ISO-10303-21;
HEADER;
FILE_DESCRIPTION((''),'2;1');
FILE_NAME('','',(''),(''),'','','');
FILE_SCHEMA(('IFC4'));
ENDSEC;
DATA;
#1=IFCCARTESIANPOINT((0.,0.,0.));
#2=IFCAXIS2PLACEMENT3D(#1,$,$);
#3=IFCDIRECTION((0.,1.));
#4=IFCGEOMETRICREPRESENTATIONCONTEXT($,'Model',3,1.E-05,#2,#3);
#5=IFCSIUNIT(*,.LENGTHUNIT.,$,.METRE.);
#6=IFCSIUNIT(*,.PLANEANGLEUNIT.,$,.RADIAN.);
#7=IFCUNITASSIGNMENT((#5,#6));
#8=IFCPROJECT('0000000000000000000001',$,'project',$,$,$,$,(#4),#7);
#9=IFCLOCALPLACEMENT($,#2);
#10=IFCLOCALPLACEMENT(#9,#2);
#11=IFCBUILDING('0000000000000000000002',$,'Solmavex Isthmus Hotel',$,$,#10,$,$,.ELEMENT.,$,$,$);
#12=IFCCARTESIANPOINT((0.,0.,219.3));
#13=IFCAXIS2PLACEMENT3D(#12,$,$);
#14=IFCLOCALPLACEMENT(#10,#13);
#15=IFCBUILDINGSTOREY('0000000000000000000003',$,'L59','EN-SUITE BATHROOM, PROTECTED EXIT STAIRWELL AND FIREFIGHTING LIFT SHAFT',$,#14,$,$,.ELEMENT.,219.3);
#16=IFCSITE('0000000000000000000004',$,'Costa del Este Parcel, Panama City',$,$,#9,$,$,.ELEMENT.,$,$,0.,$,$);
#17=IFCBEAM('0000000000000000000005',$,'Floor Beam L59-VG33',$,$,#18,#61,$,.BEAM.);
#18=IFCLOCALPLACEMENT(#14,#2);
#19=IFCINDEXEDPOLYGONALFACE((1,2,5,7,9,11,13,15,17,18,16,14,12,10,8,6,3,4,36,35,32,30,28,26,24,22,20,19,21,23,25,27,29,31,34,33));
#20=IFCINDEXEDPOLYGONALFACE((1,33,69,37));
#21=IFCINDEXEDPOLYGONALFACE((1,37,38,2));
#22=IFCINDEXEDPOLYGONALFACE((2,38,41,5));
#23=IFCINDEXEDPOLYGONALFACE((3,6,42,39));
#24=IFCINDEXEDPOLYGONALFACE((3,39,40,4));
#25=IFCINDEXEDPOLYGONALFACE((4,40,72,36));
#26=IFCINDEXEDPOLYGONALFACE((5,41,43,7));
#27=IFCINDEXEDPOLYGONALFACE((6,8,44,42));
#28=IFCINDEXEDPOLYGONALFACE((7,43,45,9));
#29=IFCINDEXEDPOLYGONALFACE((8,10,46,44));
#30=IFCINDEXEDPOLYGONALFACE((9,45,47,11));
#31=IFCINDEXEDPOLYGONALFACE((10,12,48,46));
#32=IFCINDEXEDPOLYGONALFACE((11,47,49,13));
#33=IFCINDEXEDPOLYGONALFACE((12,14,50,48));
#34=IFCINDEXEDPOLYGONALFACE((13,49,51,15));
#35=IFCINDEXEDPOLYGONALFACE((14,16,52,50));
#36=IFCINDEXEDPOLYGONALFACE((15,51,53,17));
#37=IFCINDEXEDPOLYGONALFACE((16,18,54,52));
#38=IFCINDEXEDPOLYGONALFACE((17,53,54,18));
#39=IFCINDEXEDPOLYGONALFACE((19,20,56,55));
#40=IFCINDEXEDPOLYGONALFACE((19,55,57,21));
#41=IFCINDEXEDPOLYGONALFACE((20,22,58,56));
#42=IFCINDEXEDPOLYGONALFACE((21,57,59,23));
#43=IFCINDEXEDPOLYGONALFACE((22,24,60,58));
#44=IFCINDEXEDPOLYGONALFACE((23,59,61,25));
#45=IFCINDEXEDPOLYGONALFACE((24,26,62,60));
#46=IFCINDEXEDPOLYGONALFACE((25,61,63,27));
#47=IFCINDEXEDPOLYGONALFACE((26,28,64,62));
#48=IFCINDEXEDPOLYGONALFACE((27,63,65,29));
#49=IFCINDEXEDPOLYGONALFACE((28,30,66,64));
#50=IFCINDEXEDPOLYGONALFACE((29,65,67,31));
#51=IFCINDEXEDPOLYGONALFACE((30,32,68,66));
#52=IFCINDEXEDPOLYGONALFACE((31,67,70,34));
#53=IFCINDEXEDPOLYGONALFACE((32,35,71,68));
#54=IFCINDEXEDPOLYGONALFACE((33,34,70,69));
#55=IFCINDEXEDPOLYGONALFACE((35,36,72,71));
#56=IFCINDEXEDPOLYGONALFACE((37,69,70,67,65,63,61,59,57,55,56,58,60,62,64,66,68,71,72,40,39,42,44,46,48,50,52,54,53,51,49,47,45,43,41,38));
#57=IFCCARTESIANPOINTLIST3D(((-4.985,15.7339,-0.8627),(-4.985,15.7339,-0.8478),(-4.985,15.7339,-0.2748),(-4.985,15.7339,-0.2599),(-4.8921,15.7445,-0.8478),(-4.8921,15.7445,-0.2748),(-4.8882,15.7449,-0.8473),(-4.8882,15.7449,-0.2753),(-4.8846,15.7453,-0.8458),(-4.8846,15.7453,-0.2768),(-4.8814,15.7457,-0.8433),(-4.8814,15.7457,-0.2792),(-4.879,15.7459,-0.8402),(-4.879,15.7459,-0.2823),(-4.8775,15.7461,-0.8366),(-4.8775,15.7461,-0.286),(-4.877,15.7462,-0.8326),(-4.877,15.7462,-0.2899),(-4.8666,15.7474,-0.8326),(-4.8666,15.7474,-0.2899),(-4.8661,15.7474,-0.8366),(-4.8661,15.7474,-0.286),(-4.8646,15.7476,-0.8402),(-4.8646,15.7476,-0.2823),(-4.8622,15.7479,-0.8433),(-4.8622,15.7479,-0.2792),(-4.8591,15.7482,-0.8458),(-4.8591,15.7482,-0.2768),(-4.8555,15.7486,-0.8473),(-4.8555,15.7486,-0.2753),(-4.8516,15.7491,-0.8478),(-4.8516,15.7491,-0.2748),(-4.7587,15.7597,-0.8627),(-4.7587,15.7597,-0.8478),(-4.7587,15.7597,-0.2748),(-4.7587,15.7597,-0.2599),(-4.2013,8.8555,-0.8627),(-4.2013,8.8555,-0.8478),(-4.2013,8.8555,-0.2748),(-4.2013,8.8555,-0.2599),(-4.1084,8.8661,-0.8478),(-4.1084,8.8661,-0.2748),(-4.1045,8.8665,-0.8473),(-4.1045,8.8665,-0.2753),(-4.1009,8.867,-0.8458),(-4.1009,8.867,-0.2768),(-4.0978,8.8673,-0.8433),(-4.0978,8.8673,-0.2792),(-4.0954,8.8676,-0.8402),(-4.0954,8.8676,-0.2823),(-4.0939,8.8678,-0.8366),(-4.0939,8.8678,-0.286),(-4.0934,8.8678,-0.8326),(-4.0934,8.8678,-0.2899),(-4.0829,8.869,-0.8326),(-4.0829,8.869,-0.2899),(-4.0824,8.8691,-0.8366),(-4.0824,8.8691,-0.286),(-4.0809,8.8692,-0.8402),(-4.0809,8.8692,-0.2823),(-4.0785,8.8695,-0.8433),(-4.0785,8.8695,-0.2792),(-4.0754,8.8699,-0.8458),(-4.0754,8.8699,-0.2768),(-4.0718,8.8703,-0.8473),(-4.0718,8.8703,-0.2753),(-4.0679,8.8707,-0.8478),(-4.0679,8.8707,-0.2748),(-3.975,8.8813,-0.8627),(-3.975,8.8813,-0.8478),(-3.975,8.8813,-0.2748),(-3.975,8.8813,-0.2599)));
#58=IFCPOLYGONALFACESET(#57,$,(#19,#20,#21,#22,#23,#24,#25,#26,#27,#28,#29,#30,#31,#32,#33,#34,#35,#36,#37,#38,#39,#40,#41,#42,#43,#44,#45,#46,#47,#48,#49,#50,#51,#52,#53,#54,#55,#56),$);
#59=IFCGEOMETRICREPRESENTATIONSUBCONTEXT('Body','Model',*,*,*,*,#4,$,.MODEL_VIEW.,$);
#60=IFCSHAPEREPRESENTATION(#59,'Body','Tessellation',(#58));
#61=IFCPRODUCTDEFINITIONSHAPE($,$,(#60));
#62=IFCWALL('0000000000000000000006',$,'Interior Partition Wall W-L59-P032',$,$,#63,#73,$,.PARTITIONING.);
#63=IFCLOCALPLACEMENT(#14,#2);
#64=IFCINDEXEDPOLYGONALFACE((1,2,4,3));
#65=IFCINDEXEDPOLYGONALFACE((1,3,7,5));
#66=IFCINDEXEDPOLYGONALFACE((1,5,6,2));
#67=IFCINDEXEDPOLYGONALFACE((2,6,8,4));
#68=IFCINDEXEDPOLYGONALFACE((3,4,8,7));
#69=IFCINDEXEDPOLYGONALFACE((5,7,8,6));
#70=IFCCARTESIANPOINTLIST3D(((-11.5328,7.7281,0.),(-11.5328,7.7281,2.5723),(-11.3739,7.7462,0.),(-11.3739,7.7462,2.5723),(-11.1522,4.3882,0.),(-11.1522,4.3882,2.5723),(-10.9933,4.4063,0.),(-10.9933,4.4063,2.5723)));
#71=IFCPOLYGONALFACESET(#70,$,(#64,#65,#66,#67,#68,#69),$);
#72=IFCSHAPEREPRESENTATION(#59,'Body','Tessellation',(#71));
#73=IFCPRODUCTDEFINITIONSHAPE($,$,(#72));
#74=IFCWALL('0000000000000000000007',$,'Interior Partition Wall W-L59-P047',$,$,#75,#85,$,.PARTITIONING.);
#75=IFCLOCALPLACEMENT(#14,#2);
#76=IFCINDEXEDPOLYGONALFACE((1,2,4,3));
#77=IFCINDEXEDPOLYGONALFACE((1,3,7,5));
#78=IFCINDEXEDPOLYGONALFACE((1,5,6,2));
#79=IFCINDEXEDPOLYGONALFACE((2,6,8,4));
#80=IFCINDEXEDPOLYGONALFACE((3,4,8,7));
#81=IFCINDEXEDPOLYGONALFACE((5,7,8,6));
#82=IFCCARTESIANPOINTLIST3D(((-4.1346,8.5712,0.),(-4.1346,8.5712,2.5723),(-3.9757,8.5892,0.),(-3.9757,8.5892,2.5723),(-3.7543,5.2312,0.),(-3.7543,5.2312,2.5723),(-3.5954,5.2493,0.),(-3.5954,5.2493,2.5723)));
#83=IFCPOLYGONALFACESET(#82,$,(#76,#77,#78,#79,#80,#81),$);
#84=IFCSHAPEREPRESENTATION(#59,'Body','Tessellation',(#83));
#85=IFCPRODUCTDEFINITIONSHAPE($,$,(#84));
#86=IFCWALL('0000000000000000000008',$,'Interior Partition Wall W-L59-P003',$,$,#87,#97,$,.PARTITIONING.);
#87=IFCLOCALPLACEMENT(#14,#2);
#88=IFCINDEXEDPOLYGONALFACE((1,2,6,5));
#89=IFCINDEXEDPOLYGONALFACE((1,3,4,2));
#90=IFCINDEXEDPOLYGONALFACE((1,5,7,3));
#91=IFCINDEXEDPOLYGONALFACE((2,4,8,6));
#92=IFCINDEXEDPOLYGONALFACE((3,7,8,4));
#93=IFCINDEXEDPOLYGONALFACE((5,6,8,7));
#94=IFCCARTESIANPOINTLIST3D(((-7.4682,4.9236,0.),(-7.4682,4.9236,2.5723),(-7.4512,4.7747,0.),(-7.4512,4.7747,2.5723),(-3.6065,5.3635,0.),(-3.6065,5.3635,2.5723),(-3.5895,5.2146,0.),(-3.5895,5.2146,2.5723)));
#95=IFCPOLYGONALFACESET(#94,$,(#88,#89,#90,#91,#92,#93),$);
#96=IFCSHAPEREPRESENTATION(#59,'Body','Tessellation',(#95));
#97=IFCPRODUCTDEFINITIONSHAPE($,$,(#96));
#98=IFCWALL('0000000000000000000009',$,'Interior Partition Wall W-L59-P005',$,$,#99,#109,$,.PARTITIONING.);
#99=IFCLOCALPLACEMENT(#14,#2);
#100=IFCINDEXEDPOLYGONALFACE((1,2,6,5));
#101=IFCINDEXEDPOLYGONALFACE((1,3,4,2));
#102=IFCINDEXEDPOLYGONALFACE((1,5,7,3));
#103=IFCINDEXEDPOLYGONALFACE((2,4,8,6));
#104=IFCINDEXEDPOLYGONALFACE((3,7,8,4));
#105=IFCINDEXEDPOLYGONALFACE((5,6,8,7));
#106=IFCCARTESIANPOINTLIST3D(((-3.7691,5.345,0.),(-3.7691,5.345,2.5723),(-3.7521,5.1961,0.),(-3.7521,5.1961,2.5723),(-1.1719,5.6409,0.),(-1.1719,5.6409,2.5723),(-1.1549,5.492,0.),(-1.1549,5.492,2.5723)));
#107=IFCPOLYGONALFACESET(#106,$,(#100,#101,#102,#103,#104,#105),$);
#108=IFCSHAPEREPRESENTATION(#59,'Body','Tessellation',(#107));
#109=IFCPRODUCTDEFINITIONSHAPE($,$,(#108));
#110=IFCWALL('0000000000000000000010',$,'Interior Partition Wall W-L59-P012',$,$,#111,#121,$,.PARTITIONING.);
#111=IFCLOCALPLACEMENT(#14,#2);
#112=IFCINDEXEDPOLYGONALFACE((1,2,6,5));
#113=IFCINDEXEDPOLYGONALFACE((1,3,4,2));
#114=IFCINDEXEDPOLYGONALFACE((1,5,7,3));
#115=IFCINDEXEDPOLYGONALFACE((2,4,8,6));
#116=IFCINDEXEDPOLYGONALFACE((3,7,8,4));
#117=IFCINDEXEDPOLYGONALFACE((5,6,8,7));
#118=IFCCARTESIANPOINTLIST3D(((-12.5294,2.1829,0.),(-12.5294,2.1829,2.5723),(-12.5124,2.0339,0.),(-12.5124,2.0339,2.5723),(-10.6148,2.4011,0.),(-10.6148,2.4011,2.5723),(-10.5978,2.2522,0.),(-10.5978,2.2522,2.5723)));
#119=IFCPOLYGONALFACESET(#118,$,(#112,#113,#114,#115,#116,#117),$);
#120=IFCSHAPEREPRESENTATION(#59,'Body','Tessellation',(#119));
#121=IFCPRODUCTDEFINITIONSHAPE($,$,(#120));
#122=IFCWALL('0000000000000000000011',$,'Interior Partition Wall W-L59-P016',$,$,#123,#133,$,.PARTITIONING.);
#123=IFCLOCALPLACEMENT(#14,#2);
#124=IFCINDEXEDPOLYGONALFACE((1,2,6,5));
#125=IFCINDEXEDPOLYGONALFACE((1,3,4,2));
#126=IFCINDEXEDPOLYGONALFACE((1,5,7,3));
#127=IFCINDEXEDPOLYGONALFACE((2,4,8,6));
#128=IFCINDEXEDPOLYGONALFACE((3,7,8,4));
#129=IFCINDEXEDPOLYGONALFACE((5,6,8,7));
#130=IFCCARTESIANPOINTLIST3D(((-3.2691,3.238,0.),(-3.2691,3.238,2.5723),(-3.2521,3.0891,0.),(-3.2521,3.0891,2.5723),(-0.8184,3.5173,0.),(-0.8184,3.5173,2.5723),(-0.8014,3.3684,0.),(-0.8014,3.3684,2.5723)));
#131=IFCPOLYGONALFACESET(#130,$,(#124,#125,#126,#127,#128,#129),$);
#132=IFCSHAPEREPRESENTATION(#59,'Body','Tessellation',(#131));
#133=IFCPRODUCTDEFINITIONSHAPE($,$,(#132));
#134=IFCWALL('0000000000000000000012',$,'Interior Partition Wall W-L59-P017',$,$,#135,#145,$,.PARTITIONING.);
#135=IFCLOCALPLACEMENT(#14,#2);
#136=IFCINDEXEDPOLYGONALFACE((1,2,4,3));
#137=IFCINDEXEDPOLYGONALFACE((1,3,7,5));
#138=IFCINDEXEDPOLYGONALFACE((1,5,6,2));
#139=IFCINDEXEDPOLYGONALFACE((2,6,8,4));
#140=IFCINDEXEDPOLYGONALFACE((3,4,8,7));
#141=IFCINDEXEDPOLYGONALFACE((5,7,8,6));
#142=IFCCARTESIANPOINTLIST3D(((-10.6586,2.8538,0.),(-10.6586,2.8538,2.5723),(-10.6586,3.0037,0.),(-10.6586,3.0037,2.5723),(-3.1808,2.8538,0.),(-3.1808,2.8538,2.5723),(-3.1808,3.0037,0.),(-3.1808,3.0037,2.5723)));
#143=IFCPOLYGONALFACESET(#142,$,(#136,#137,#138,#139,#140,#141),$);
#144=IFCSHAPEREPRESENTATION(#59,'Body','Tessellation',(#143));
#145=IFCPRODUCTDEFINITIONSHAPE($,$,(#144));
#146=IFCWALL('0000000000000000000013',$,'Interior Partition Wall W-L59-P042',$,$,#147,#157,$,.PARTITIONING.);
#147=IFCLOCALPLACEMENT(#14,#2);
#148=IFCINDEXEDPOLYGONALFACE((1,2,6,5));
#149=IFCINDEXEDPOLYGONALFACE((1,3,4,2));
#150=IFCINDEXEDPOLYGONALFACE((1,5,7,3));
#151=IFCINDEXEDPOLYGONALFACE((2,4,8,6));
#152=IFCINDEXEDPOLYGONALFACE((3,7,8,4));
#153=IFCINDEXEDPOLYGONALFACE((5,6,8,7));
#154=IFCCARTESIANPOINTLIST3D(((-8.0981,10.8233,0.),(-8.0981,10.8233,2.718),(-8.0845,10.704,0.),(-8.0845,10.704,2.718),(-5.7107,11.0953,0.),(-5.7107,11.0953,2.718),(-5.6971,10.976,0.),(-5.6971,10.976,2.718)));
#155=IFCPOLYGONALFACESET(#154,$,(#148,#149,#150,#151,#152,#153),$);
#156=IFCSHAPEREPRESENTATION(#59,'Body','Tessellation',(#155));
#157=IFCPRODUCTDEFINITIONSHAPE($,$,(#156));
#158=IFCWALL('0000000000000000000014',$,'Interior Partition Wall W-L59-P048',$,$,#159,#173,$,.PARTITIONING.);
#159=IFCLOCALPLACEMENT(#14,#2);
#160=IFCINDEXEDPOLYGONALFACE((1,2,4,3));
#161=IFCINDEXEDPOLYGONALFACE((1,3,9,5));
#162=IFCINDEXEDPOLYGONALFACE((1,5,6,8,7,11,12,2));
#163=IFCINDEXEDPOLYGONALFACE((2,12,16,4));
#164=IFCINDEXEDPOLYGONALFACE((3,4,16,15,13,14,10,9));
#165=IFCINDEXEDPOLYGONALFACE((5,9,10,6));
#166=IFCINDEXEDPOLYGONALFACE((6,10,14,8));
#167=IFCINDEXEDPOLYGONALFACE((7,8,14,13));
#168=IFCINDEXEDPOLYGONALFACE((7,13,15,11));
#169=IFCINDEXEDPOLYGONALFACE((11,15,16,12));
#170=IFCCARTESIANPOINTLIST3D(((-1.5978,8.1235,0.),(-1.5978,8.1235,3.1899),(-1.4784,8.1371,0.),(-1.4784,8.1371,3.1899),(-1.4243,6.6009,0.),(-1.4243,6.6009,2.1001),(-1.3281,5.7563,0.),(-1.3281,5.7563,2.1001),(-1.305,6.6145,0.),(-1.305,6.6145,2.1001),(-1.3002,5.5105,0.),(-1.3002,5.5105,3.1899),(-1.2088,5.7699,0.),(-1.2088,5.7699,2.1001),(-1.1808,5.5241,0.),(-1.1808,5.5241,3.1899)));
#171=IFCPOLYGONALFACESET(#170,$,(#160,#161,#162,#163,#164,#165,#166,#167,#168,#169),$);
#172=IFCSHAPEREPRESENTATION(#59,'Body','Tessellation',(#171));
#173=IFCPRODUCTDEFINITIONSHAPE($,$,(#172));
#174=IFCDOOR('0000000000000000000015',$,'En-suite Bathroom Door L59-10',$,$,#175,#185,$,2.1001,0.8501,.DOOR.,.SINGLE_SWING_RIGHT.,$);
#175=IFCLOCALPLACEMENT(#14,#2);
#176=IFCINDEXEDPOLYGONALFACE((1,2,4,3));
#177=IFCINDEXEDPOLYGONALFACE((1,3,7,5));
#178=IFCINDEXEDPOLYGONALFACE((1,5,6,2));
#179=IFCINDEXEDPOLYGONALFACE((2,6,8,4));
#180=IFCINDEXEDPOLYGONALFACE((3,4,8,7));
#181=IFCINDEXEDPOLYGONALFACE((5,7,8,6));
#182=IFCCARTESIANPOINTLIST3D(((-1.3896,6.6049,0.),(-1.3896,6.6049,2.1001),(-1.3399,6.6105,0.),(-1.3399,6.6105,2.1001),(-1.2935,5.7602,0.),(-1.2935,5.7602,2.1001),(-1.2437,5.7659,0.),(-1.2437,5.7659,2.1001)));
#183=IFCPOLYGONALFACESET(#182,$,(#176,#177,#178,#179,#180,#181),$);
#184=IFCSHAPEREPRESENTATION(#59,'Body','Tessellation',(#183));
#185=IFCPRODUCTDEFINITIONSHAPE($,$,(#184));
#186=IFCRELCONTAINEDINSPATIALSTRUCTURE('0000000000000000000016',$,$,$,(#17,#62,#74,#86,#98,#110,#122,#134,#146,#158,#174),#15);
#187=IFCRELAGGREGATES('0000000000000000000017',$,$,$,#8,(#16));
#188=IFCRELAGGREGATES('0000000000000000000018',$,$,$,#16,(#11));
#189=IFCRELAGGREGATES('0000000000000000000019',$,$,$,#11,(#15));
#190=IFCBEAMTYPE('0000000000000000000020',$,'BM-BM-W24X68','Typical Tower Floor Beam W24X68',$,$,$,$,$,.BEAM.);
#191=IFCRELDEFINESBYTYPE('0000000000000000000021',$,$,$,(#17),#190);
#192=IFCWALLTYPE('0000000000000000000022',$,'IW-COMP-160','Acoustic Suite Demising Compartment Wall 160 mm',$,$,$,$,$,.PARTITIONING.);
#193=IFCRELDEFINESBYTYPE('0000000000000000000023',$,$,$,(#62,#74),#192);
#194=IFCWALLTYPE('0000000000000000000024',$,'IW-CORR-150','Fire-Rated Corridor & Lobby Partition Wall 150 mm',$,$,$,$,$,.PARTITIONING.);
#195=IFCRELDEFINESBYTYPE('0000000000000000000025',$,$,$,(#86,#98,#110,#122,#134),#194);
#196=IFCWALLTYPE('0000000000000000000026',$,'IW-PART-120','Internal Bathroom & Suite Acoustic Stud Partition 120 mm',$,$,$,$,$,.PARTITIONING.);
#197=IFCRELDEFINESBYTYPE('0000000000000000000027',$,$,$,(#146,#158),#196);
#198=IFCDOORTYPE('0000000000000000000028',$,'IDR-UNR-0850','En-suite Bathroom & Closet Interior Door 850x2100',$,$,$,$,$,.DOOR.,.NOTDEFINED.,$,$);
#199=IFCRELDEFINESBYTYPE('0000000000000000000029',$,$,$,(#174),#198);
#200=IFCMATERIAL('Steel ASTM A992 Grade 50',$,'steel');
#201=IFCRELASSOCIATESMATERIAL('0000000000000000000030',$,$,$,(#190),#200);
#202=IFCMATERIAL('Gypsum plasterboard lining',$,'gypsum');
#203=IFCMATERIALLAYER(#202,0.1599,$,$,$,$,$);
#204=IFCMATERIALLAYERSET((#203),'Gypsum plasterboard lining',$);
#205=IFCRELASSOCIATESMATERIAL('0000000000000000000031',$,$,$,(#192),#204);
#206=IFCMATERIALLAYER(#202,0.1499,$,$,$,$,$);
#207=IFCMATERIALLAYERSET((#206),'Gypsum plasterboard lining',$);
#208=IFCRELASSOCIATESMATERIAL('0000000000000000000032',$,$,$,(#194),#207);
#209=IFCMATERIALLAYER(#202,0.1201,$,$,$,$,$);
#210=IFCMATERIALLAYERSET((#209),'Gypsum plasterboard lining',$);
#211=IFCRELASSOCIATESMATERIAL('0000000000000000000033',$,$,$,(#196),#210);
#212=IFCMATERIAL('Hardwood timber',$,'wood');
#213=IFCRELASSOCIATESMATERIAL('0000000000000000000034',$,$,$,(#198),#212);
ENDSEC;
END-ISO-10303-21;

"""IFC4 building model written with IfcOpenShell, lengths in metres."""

from ifc_helpers import new_model, si_unit, direction, frame, frame_2d, origin, origin_2d, place, context, subcontext, project, spatial, rectangle, i_section, extrude, material, layer, layer_set, material_profile, profile_set, type_object, element, fill, save


model = new_model("IFC4")

# Units and contexts
model_context = context("Model", 3, precision=1e-05, world=origin(), true_north=direction((0.0, 1.0)))
body_context = subcontext(model_context, "Body", "Model", "MODEL_VIEW")
ifc_project = project(units=[si_unit("LENGTHUNIT", "METRE"), si_unit("PLANEANGLEUNIT", "RADIAN")], contexts=[model_context])

# Site, building, storey
site_placement = place(None, origin())
site = spatial("IfcSite", under=ifc_project, at=site_placement, Name="Costa del Este Parcel, Panama City", CompositionType="ELEMENT", RefElevation=0.0)
building_placement = place(site_placement, origin())
building = spatial("IfcBuilding", under=site, at=building_placement, Name="Solmavex Isthmus Hotel", CompositionType="ELEMENT")
storey_placement = place(building_placement, frame((0.0, 0.0, 219.3)))
storey = spatial("IfcBuildingStorey", under=building, at=storey_placement, Name="L59", Description="EN-SUITE BATHROOM, PROTECTED EXIT STAIRWELL AND FIREFIGHTING LIFT SHAFT", CompositionType="ELEMENT", Elevation=219.3)

# Beam
ifc_material_1 = material(Name="Steel ASTM A992 Grade 50", Category="steel")
ifc_material_profile_1 = material_profile(ifc_material_1, i_section(OverallWidth=0.2278, OverallDepth=0.6028, WebThickness=0.0105, FlangeThickness=0.0149, FilletRadius=0.0151, at=origin_2d()), Name="W24X68")
ifc_profile_set_1 = profile_set([ifc_material_profile_1], Name="Steel ASTM A992 Grade 50")
beam_type_1 = type_object("IfcBeamType", Name="BM-BM-W24X68", Description="Typical Tower Floor Beam W24X68", PredefinedType="BEAM", material=ifc_profile_set_1)
beam_1_placement = place(storey_placement, frame((-4.0881, 8.8684, -0.5613), z_axis=(-0.113202, 0.993572, 0.0), x_axis=(-0.993572, -0.113202, 0.0)))
element("IfcBeam", 1, at=beam_1_placement, inside=storey, type_object=beam_type_1, Name="Floor Beam L59-VG33", PredefinedType="BEAM", context=body_context, shape_type="SweptSolid", body=[
    extrude(i_section(OverallWidth=0.2278, OverallDepth=0.6028, WebThickness=0.0105, FlangeThickness=0.0149, FilletRadius=0.0151, at=origin_2d()), origin(), (0.0, 0.0, 1.0), 6.9229),
])

# Walls
ifc_material_2 = material(Name="Gypsum plasterboard lining", Category="gypsum")
ifc_layer_1 = layer(ifc_material_2, 0.1599)
ifc_layer_set_1 = layer_set([ifc_layer_1], Name="Gypsum plasterboard lining")
wall_type_1 = type_object("IfcWallType", Name="IW-COMP-160", Description="Acoustic Suite Demising Compartment Wall 160 mm", PredefinedType="PARTITIONING", material=ifc_layer_set_1)
for number, where, z_axis, x_axis, name in (
    (2, (-11.4534, 7.7371, 0.0), (0.0, 0.0, 1.0), (0.113229, -0.993569, 0.0), "Interior Partition Wall W-L59-P032"),
    (3, (-4.0552, 8.5801, 0.0), (0.0, 0.0, 1.0), (0.113149, -0.993578, 0.0), "Interior Partition Wall W-L59-P047"),
):
    element("IfcWall", number, at=place(storey_placement, frame(where, z_axis=z_axis, x_axis=x_axis)), inside=storey, type_object=wall_type_1, Name=name, PredefinedType="PARTITIONING", context=body_context, shape_type="SweptSolid", body=[
        extrude(rectangle(XDim=3.3616, YDim=0.1599, at=frame_2d((1.6807, 0.0))), origin(), (0.0, 0.0, 1.0), 2.5723),
    ])

# Shared definitions
ifc_layer_2 = layer(ifc_material_2, 0.1499)
ifc_layer_set_2 = layer_set([ifc_layer_2], Name="Gypsum plasterboard lining")
wall_type_2 = type_object("IfcWallType", Name="IW-CORR-150", Description="Fire-Rated Corridor & Lobby Partition Wall 150 mm", PredefinedType="PARTITIONING", material=ifc_layer_set_2)
ifc_material_3 = material(Name="Hardwood timber", Category="wood")

# Wall
wall_1_placement = place(storey_placement, frame((-7.4597, 4.8491, 0.0), z_axis=(0.0, 0.0, 1.0), x_axis=(0.993574, 0.113189, 0.0)))
element("IfcWall", 4, at=wall_1_placement, inside=storey, type_object=wall_type_2, Name="Interior Partition Wall W-L59-P003", PredefinedType="PARTITIONING", context=body_context, shape_type="SweptSolid", body=[
    extrude(rectangle(XDim=3.8867, YDim=0.1499, at=frame_2d((1.9434, 0.0))), origin(), (0.0, 0.0, 1.0), 2.5723),
])

# Walls
wall_2_placement = place(storey_placement, frame((-3.7607, 5.2705, 0.0), z_axis=(0.0, 0.0, 1.0), x_axis=(0.993572, 0.113199, 0.0)))
element("IfcWall", 5, at=wall_2_placement, inside=storey, type_object=wall_type_2, Name="Interior Partition Wall W-L59-P005", PredefinedType="PARTITIONING", context=body_context, shape_type="SweptSolid", body=[
    extrude(rectangle(XDim=2.614, YDim=0.1499, at=frame_2d((1.3071, 0.0))), origin(), (0.0, 0.0, 1.0), 2.5723),
])
wall_3_placement = place(storey_placement, frame((-10.6064, 2.3267, 0.0), z_axis=(0.0, 0.0, 1.0), x_axis=(-0.993564, -0.113268, 0.0)))
element("IfcWall", 6, at=wall_3_placement, inside=storey, type_object=wall_type_2, Name="Interior Partition Wall W-L59-P012", PredefinedType="PARTITIONING", context=body_context, shape_type="SweptSolid", body=[
    extrude(rectangle(XDim=1.927, YDim=0.1499, at=frame_2d((0.9634, 0.0))), origin(), (0.0, 0.0, 1.0), 2.5723),
])
wall_4_placement = place(storey_placement, frame((-0.8098, 3.4429, 0.0), z_axis=(0.0, 0.0, 1.0), x_axis=(-0.993568, -0.113234, 0.0)))
element("IfcWall", 7, at=wall_4_placement, inside=storey, type_object=wall_type_2, Name="Interior Partition Wall W-L59-P016", PredefinedType="PARTITIONING", context=body_context, shape_type="SweptSolid", body=[
    extrude(rectangle(XDim=2.4666, YDim=0.1499, at=frame_2d((1.2334, 0.0))), origin(), (0.0, 0.0, 1.0), 2.5723),
])
wall_5_placement = place(storey_placement, frame((-3.1809, 2.9287, 0.0), z_axis=(0.0, 0.0, 1.0), x_axis=(-1.0, 0.0, 0.0)))
element("IfcWall", 8, at=wall_5_placement, inside=storey, type_object=wall_type_2, Name="Interior Partition Wall W-L59-P017", PredefinedType="PARTITIONING", context=body_context, shape_type="SweptSolid", body=[
    extrude(rectangle(XDim=7.4778, YDim=0.1499, at=frame_2d((3.7388, 0.0))), origin(), (0.0, 0.0, 1.0), 2.5723),
])
ifc_layer_3 = layer(ifc_material_2, 0.1201)
ifc_layer_set_3 = layer_set([ifc_layer_3], Name="Gypsum plasterboard lining")
wall_type_3 = type_object("IfcWallType", Name="IW-PART-120", Description="Internal Bathroom & Suite Acoustic Stud Partition 120 mm", PredefinedType="PARTITIONING", material=ifc_layer_set_3)
wall_6_placement = place(storey_placement, frame((-8.0913, 10.7637, 0.0), z_axis=(0.0, 0.0, 1.0), x_axis=(0.993574, 0.113186, 0.0)))
element("IfcWall", 9, at=wall_6_placement, inside=storey, type_object=wall_type_3, Name="Interior Partition Wall W-L59-P042", PredefinedType="PARTITIONING", context=body_context, shape_type="SweptSolid", body=[
    extrude(rectangle(XDim=2.4028, YDim=0.1201, at=frame_2d((1.2014, 0.0))), origin(), (0.0, 0.0, 1.0), 2.718),
])

# Wall, opening, door
wall_7_placement = place(storey_placement, frame((-1.2405, 5.5173, 0.0), z_axis=(0.0, 0.0, 1.0), x_axis=(-0.113162, 0.993577, 0.0)))
wall_7 = element("IfcWall", 10, at=wall_7_placement, inside=storey, type_object=wall_type_3, Name="Interior Partition Wall W-L59-P048", PredefinedType="PARTITIONING", context=body_context, shape_type="SweptSolid", body=[
    extrude(rectangle(XDim=2.6299, YDim=0.1201, at=frame_2d((1.3149, 0.0))), origin(), (0.0, 0.0, 1.0), 3.1899),
])
opening_1_placement = place(wall_7_placement, frame((0.2473, 0.0, 0.0)))
opening_1 = element("IfcOpeningElement", 11, at=opening_1_placement, cuts=wall_7, PredefinedType="OPENING", context=body_context, shape_type="SweptSolid", body=[
    extrude(rectangle(XDim=0.8501, YDim=2.1001, at=frame_2d((0.425, 1.05))), frame((0.0, 0.0701, 0.0), z_axis=(0.0, -1.0, 0.0), x_axis=(1.0, 0.0, 0.0)), (0.0, 0.0, 1.0), 0.1401),
])
door_type_1 = type_object("IfcDoorType", Name="IDR-UNR-0850", Description="En-suite Bathroom & Closet Interior Door 850x2100", OperationType="NOTDEFINED", PredefinedType="DOOR", material=ifc_material_3)
door_1_placement = place(opening_1_placement, frame((0.8501, 0.0, 0.0), z_axis=(0.0, 0.0, 1.0), x_axis=(-1.0, 0.0, 0.0)))
door_1 = element("IfcDoor", 12, at=door_1_placement, inside=storey, type_object=door_type_1, Name="En-suite Bathroom Door L59-10", OperationType="SINGLE_SWING_RIGHT", OverallHeight=2.1001, OverallWidth=0.8501, PredefinedType="DOOR", context=body_context, shape_type="SweptSolid", body=[
    extrude(rectangle(XDim=0.8501, YDim=2.1001, at=frame_2d((0.425, 1.05))), frame((0.0, 0.0249, 0.0), z_axis=(0.0, -1.0, 0.0), x_axis=(1.0, 0.0, 0.0)), (0.0, 0.0, 1.0), 0.05),
])
fill(opening_1, door_1)

save(model, "model.ifc")
